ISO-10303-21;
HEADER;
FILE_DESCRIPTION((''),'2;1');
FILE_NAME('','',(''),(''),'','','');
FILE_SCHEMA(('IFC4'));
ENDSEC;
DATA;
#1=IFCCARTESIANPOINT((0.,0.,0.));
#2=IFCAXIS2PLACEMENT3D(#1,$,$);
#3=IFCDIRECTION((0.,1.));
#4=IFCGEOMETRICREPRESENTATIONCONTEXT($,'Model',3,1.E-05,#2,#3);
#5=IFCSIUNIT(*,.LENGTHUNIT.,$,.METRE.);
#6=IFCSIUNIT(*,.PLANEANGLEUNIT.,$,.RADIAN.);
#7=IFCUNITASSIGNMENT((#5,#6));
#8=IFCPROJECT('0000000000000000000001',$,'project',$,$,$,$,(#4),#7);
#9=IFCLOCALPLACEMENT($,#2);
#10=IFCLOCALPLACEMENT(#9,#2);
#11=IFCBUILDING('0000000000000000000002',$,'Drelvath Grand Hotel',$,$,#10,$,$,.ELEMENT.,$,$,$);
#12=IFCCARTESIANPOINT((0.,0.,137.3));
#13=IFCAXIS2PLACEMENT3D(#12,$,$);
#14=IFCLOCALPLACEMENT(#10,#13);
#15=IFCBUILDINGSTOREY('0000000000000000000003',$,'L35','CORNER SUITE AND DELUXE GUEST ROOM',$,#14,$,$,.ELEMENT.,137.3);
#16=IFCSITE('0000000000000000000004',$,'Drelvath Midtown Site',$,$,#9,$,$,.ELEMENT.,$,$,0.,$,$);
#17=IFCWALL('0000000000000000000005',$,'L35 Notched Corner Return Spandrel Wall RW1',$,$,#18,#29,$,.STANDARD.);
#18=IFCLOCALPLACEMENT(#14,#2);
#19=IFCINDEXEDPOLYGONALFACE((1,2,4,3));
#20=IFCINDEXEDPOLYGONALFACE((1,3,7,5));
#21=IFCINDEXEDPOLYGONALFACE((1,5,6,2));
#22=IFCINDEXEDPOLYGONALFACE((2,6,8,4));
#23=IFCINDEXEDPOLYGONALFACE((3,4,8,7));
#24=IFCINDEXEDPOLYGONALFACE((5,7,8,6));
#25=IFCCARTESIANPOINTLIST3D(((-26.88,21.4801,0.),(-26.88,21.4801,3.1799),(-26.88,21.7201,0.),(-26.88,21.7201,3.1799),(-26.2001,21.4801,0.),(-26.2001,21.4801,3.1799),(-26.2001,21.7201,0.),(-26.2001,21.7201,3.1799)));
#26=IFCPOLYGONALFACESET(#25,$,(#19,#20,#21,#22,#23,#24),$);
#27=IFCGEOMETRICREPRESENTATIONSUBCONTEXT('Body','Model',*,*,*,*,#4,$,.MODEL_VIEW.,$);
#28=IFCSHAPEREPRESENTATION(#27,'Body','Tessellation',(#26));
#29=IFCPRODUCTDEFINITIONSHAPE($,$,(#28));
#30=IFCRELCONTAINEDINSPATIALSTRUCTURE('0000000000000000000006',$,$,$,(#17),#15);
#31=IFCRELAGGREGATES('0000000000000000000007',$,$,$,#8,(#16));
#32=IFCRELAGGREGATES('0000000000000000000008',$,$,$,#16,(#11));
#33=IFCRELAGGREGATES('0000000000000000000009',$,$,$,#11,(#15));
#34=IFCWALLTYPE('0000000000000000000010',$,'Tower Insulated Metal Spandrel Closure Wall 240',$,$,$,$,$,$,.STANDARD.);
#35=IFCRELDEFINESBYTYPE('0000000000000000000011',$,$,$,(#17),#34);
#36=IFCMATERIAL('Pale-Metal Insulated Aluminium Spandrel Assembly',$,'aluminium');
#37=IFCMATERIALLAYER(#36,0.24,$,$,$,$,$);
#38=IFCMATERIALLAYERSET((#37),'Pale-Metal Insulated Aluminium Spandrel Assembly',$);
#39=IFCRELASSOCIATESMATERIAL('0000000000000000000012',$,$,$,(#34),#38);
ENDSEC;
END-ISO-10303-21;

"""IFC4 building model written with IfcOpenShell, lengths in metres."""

from ifc_helpers import new_model, si_unit, direction, frame, frame_2d, origin, place, context, subcontext, project, spatial, rectangle, extrude, material, layer, layer_set, type_object, element, save


model = new_model("IFC4")

# Units and contexts
model_context = context("Model", 3, precision=1e-05, world=origin(), true_north=direction((0.0, 1.0)))
body_context = subcontext(model_context, "Body", "Model", "MODEL_VIEW")
ifc_project = project(units=[si_unit("LENGTHUNIT", "METRE"), si_unit("PLANEANGLEUNIT", "RADIAN")], contexts=[model_context])

# Site, building, storey
site_placement = place(None, origin())
site = spatial("IfcSite", under=ifc_project, at=site_placement, Name="Drelvath Midtown Site", CompositionType="ELEMENT", RefElevation=0.0)
building_placement = place(site_placement, origin())
building = spatial("IfcBuilding", under=site, at=building_placement, Name="Drelvath Grand Hotel", CompositionType="ELEMENT")
storey_placement = place(building_placement, frame((0.0, 0.0, 137.3)))
storey = spatial("IfcBuildingStorey", under=building, at=storey_placement, Name="L35", Description="CORNER SUITE AND DELUXE GUEST ROOM", CompositionType="ELEMENT", Elevation=137.3)

# Wall
ifc_material_1 = material(Name="Pale-Metal Insulated Aluminium Spandrel Assembly", Category="aluminium")
ifc_layer_1 = layer(ifc_material_1, 0.24)
ifc_layer_set_1 = layer_set([ifc_layer_1], Name="Pale-Metal Insulated Aluminium Spandrel Assembly")
wall_type_1 = type_object("IfcWallType", Name="Tower Insulated Metal Spandrel Closure Wall 240", PredefinedType="STANDARD", material=ifc_layer_set_1)
wall_1_placement = place(storey_placement, frame((-26.8799, 21.6001, 0.0), z_axis=(0.0, 0.0, 1.0), x_axis=(1.0, 0.0, 0.0)))
element("IfcWall", 1, at=wall_1_placement, inside=storey, type_object=wall_type_1, Name="L35 Notched Corner Return Spandrel Wall RW1", PredefinedType="STANDARD", context=body_context, shape_type="SweptSolid", body=[
    extrude(rectangle(XDim=0.6799, YDim=0.24, at=frame_2d((0.3398, 0.0))), origin(), (0.0, 0.0, 1.0), 3.1799),
])

save(model, "model.ifc")
